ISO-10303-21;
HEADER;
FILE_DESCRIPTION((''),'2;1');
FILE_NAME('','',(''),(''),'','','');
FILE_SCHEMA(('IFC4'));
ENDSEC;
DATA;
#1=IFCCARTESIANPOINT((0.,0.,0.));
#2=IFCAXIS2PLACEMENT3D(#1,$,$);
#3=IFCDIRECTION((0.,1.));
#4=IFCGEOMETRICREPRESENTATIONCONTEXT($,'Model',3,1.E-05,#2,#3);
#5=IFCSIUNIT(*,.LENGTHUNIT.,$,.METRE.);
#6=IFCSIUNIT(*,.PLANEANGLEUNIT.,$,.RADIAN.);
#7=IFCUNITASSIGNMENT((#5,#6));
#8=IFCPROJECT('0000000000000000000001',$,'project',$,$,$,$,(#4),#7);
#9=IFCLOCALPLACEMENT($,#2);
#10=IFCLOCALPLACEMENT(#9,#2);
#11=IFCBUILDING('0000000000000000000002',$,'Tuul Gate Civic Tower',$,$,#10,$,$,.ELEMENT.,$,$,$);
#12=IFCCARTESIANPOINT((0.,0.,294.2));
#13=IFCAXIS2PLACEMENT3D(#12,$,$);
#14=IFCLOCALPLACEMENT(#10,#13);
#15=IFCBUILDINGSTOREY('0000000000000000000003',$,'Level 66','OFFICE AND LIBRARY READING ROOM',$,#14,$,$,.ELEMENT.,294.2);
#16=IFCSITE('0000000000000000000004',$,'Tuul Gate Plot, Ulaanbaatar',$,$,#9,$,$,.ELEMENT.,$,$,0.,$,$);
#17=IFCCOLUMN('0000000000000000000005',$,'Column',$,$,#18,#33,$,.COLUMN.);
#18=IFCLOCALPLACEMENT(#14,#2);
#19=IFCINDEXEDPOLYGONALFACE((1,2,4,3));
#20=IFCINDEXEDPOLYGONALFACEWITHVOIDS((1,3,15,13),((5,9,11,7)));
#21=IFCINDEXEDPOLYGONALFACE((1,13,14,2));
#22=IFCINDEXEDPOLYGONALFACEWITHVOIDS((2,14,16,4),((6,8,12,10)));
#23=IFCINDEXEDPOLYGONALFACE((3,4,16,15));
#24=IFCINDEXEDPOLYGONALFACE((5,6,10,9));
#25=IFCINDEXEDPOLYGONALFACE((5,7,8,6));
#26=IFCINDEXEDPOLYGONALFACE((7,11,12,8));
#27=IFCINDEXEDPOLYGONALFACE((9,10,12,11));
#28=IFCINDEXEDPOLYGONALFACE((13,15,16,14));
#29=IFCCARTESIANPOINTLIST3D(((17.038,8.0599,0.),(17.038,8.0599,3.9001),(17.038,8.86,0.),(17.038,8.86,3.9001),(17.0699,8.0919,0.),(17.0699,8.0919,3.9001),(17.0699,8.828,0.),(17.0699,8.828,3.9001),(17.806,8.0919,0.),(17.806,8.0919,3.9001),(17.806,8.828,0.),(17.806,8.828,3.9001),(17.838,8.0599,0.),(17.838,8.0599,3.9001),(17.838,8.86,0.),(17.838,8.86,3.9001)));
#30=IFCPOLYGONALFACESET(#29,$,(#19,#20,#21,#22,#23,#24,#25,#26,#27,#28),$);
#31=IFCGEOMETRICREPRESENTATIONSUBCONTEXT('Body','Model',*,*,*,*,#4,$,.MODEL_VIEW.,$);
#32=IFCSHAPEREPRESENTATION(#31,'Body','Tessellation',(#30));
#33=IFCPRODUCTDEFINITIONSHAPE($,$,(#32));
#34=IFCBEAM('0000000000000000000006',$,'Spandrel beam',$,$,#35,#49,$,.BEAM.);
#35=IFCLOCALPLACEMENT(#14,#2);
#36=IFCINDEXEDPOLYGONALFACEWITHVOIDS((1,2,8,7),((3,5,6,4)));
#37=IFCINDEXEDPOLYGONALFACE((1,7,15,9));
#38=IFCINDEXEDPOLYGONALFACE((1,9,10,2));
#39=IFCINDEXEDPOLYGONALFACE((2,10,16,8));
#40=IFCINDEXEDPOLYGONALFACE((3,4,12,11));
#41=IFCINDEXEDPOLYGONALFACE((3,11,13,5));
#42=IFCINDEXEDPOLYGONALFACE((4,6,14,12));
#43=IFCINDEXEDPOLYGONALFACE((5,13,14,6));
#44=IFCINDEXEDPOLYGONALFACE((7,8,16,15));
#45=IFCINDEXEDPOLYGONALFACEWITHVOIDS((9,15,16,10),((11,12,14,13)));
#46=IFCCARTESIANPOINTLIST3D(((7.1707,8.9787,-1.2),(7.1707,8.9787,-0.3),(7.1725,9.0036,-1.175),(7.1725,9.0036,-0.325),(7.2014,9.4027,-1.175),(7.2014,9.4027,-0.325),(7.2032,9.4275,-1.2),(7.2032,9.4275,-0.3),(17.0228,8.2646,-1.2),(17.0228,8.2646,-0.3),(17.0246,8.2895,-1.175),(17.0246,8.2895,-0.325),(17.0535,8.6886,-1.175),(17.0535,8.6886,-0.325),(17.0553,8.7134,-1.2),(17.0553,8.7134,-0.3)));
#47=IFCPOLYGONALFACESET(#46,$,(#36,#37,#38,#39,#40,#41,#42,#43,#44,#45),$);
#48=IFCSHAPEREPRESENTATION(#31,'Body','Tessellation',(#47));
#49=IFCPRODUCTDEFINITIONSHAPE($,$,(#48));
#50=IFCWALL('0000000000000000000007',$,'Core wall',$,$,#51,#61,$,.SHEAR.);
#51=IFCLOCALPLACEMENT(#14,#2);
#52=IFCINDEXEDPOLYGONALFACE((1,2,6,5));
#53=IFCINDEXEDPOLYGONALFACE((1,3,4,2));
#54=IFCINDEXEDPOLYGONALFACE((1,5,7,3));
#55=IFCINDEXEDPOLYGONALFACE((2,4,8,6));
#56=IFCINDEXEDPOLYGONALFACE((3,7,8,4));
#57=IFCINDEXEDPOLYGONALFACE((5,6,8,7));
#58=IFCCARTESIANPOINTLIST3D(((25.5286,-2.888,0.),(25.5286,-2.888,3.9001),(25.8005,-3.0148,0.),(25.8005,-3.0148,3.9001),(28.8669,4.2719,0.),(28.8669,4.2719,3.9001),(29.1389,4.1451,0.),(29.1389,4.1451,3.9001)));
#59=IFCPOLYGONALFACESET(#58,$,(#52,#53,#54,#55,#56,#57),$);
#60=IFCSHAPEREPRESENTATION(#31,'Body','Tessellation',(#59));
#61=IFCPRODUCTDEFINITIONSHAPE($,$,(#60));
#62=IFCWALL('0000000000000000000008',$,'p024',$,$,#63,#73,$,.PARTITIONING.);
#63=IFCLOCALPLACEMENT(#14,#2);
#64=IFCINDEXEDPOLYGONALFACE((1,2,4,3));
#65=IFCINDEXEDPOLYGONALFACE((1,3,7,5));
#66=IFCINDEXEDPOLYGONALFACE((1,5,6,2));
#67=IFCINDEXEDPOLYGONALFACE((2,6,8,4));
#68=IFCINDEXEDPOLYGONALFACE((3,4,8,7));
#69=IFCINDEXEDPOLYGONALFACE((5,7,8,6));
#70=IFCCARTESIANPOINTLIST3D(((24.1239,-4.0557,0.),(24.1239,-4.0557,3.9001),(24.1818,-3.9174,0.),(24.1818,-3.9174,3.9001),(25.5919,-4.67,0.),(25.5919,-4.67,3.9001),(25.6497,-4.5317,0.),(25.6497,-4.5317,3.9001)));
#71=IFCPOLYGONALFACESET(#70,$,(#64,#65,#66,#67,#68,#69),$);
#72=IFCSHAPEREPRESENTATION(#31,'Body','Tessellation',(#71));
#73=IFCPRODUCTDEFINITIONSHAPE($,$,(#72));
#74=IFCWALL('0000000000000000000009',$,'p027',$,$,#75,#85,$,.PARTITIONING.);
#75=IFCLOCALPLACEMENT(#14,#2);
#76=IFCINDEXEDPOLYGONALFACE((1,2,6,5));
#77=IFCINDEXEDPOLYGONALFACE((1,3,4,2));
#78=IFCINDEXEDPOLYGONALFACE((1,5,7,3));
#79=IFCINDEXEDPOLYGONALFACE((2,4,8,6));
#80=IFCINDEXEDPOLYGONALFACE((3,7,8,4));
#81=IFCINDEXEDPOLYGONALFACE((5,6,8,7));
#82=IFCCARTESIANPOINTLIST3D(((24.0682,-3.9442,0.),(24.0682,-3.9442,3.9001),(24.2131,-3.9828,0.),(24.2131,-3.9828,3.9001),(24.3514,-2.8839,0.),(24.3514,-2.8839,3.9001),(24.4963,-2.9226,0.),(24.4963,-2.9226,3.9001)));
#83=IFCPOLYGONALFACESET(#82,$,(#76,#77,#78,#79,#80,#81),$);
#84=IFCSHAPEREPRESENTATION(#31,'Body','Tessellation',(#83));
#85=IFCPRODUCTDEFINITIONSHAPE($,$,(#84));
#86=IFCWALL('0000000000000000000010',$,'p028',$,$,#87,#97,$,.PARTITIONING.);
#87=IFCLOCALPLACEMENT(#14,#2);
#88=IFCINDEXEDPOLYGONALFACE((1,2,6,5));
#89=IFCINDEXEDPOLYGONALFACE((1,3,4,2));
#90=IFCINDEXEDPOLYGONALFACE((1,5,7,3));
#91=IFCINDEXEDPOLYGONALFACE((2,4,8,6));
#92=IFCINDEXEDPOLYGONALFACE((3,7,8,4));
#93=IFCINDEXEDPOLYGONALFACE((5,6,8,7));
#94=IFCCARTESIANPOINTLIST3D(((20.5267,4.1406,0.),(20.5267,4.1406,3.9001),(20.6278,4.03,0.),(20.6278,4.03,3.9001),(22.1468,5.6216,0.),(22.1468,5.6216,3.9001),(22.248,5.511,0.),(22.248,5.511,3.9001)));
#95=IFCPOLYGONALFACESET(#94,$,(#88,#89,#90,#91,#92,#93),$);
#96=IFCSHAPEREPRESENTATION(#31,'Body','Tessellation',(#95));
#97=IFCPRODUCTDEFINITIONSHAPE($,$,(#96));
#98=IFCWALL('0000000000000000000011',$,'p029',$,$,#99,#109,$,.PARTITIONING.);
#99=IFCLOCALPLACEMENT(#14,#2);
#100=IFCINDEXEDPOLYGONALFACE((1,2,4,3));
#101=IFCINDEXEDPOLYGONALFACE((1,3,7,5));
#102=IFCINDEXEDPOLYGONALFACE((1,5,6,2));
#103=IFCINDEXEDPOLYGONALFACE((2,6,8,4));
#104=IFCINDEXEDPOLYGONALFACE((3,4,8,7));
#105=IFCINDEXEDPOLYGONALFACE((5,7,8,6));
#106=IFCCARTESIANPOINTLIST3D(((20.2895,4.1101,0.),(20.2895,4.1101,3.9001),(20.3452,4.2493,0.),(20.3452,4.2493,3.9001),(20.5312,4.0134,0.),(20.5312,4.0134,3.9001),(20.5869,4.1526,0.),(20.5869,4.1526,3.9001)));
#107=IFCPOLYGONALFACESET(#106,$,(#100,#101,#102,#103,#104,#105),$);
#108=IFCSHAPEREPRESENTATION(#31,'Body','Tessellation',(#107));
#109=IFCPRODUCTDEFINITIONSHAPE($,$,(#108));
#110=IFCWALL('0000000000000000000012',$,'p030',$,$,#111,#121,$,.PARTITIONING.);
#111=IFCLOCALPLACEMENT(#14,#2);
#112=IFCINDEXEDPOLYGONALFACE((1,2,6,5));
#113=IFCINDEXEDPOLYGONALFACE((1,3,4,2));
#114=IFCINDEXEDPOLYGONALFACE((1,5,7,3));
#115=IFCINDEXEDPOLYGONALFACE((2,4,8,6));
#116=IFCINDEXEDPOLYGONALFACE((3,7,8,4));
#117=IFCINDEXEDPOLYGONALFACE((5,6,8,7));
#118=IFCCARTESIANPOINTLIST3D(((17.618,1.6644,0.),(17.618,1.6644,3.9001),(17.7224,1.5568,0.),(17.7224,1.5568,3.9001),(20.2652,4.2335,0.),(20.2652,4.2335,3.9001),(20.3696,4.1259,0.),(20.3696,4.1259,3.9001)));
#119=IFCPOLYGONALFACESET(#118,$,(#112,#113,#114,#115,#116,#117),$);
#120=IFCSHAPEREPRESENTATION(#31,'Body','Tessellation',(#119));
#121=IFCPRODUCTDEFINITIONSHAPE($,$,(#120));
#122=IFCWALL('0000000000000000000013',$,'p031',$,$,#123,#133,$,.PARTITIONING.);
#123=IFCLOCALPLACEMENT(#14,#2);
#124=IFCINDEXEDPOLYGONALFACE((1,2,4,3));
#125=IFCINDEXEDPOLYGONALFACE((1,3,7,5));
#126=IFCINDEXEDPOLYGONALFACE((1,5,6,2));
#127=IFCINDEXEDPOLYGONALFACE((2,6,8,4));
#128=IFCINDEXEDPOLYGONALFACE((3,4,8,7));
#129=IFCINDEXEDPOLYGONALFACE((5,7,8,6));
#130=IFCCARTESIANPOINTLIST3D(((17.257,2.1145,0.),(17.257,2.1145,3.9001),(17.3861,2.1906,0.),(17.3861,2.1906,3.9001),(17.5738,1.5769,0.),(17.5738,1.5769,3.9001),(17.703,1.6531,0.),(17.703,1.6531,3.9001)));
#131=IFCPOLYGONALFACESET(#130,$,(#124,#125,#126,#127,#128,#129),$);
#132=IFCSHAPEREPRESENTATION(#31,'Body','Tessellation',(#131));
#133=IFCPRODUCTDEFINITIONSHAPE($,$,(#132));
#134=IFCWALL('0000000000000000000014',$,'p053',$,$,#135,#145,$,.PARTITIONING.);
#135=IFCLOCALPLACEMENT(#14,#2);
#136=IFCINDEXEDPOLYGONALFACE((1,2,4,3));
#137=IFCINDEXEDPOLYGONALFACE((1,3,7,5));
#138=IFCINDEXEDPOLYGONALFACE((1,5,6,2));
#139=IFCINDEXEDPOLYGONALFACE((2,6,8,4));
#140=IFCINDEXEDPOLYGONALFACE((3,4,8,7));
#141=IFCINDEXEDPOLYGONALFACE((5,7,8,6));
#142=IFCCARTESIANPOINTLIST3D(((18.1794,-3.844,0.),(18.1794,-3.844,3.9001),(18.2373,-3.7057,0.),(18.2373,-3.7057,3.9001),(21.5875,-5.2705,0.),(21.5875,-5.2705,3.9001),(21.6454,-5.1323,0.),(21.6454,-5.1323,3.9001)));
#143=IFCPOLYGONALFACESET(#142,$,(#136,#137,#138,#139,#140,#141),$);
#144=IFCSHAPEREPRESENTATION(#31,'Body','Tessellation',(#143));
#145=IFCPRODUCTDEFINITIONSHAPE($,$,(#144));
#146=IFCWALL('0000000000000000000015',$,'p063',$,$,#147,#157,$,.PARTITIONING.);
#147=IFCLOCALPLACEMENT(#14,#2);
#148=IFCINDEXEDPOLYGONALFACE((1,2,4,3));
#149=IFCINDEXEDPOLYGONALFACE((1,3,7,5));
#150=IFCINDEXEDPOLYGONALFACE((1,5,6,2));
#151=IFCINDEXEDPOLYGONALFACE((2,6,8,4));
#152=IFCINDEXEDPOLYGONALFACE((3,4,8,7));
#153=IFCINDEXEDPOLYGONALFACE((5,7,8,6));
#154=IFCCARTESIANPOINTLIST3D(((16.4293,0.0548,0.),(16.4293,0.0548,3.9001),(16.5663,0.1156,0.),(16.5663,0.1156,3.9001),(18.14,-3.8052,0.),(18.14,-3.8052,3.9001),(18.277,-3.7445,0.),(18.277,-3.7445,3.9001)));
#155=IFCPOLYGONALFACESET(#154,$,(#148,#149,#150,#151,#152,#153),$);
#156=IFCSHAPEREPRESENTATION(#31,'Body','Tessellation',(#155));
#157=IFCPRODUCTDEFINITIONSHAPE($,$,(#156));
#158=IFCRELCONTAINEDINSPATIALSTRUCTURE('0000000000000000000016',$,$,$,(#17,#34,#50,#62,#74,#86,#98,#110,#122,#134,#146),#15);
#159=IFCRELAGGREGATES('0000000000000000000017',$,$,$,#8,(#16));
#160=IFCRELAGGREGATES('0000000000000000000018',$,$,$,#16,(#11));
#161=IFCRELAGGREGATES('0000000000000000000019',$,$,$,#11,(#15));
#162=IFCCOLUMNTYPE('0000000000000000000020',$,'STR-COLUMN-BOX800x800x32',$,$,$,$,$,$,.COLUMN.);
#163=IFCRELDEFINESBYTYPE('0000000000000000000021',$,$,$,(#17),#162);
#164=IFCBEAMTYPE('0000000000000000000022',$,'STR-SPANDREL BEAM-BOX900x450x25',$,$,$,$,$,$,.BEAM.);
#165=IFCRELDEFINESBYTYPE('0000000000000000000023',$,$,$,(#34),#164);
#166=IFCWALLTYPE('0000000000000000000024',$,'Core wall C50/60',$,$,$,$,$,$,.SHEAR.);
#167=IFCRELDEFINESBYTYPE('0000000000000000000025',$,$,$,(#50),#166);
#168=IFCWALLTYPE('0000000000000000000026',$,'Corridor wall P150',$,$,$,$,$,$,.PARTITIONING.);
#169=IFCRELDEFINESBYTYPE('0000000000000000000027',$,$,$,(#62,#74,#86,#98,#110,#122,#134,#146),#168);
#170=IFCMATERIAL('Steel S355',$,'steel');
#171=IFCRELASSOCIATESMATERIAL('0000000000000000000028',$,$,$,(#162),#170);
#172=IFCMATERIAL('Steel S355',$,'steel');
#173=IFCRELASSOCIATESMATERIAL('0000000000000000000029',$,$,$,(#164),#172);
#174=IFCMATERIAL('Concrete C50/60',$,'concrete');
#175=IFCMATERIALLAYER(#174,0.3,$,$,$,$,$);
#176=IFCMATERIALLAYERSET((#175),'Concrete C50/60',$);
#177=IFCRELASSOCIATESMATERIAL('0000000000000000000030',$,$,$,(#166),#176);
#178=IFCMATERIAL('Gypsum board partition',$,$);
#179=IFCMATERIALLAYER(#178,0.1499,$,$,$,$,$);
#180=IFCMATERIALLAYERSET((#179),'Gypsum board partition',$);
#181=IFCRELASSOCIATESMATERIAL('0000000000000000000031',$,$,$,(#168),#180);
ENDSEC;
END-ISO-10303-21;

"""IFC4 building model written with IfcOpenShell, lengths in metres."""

from ifc_helpers import new_model, si_unit, direction, frame, frame_2d, origin, origin_2d, place, context, subcontext, project, spatial, rectangle, hollow_rectangle, extrude, material, layer, layer_set, material_profile, profile_set, type_object, element, save


model = new_model("IFC4")

# Units and contexts
model_context = context("Model", 3, precision=1e-05, world=origin(), true_north=direction((0.0, 1.0)))
body_context = subcontext(model_context, "Body", "Model", "MODEL_VIEW")
ifc_project = project(units=[si_unit("LENGTHUNIT", "METRE"), si_unit("PLANEANGLEUNIT", "RADIAN")], contexts=[model_context])

# Site, building, storey
site_placement = place(None, origin())
site = spatial("IfcSite", under=ifc_project, at=site_placement, Name="Tuul Gate Plot, Ulaanbaatar", CompositionType="ELEMENT", RefElevation=0.0)
building_placement = place(site_placement, origin())
building = spatial("IfcBuilding", under=site, at=building_placement, Name="Tuul Gate Civic Tower", CompositionType="ELEMENT")
storey_placement = place(building_placement, frame((0.0, 0.0, 294.2)))
storey = spatial("IfcBuildingStorey", under=building, at=storey_placement, Name="Level 66", Description="OFFICE AND LIBRARY READING ROOM", CompositionType="ELEMENT", Elevation=294.2)

# Column
ifc_material_1 = material(Name="Steel S355", Category="steel")
ifc_material_profile_1 = material_profile(ifc_material_1, hollow_rectangle(XDim=0.8, YDim=0.8, WallThickness=0.032, at=origin_2d()), Name="BOX800x800x32")
ifc_profile_set_1 = profile_set([ifc_material_profile_1], Name="Steel S355")
column_type = type_object("IfcColumnType", Name="STR-COLUMN-BOX800x800x32", PredefinedType="COLUMN", material=ifc_profile_set_1)
column_placement = place(storey_placement, frame((17.438, 8.46, 0.0), z_axis=(0.0, 0.0, 1.0), x_axis=(1.0, 0.0, 0.0)))
element("IfcColumn", 1, at=column_placement, inside=storey, type_object=column_type, Name="Column", PredefinedType="COLUMN", context=body_context, shape_type="SweptSolid", body=[
    extrude(hollow_rectangle(XDim=0.8, YDim=0.8, WallThickness=0.032, at=origin_2d()), origin(), (0.0, 0.0, 1.0), 3.9001),
])

# Beam
ifc_material_2 = material(Name="Steel S355", Category="steel")
ifc_material_profile_2 = material_profile(ifc_material_2, hollow_rectangle(XDim=0.45, YDim=0.8999, WallThickness=0.0249, at=origin_2d()), Name="BOX900x450x25")
ifc_profile_set_2 = profile_set([ifc_material_profile_2], Name="Steel S355")
beam_type = type_object("IfcBeamType", Name="STR-SPANDREL BEAM-BOX900x450x25", PredefinedType="BEAM", material=ifc_profile_set_2)
beam_placement = place(storey_placement, frame((17.0391, 8.489, -0.75), z_axis=(-0.997383, 0.072294, 0.0), x_axis=(-0.072294, -0.997383, 0.0)))
element("IfcBeam", 2, at=beam_placement, inside=storey, type_object=beam_type, Name="Spandrel beam", PredefinedType="BEAM", context=body_context, shape_type="SweptSolid", body=[
    extrude(hollow_rectangle(XDim=0.45, YDim=0.8999, WallThickness=0.0249, at=origin_2d()), origin(), (0.0, 0.0, 1.0), 9.8779),
])

# Walls
ifc_material_3 = material(Name="Concrete C50/60", Category="concrete")
ifc_layer_1 = layer(ifc_material_3, 0.3)
ifc_layer_set_1 = layer_set([ifc_layer_1], Name="Concrete C50/60")
wall_type_1 = type_object("IfcWallType", Name="Core wall C50/60", PredefinedType="SHEAR", material=ifc_layer_set_1)
wall_1_placement = place(storey_placement, frame((25.6646, -2.9514, 0.0), z_axis=(0.0, 0.0, 1.0), x_axis=(0.422583, 0.906324, 0.0)))
element("IfcWall", 3, at=wall_1_placement, inside=storey, type_object=wall_type_1, Name="Core wall", PredefinedType="SHEAR", context=body_context, shape_type="SweptSolid", body=[
    extrude(rectangle(XDim=7.8999, YDim=0.3, at=frame_2d((3.95, 0.0))), origin(), (0.0, 0.0, 1.0), 3.9001),
])
ifc_material_4 = material(Name="Gypsum board partition")
ifc_layer_2 = layer(ifc_material_4, 0.1499)
ifc_layer_set_2 = layer_set([ifc_layer_2], Name="Gypsum board partition")
wall_type_2 = type_object("IfcWallType", Name="Corridor wall P150", PredefinedType="PARTITIONING", material=ifc_layer_set_2)
wall_2_placement = place(storey_placement, frame((24.1528, -3.9866, 0.0), z_axis=(0.0, 0.0, 1.0), x_axis=(0.922499, -0.385998, 0.0)))
element("IfcWall", 4, at=wall_2_placement, inside=storey, type_object=wall_type_2, Name="p024", PredefinedType="PARTITIONING", context=body_context, shape_type="SweptSolid", body=[
    extrude(rectangle(XDim=1.5913, YDim=0.1499, at=frame_2d((0.7957, 0.0))), origin(), (0.0, 0.0, 1.0), 3.9001),
])
wall_3_placement = place(storey_placement, frame((24.1406, -3.9636, 0.0), z_axis=(0.0, 0.0, 1.0), x_axis=(0.25805, 0.966131, 0.0)))
element("IfcWall", 5, at=wall_3_placement, inside=storey, type_object=wall_type_2, Name="p027", PredefinedType="PARTITIONING", context=body_context, shape_type="SweptSolid", body=[
    extrude(rectangle(XDim=1.0974, YDim=0.1499, at=frame_2d((0.5488, 0.0))), origin(), (0.0, 0.0, 1.0), 3.9001),
])
wall_4_placement = place(storey_placement, frame((20.5771, 4.0852, 0.0), z_axis=(0.0, 0.0, 1.0), x_axis=(0.738095, 0.674696, 0.0)))
element("IfcWall", 6, at=wall_4_placement, inside=storey, type_object=wall_type_2, Name="p028", PredefinedType="PARTITIONING", context=body_context, shape_type="SweptSolid", body=[
    extrude(rectangle(XDim=2.1951, YDim=0.1499, at=frame_2d((1.0977, 0.0))), origin(), (0.0, 0.0, 1.0), 3.9001),
])
wall_5_placement = place(storey_placement, frame((20.3174, 4.1797, 0.0), z_axis=(0.0, 0.0, 1.0), x_axis=(0.928477, -0.371391, 0.0)))
element("IfcWall", 7, at=wall_5_placement, inside=storey, type_object=wall_type_2, Name="p029", PredefinedType="PARTITIONING", context=body_context, shape_type="SweptSolid", body=[
    extrude(rectangle(XDim=0.2603, YDim=0.1499, at=frame_2d((0.1301, 0.0))), origin(), (0.0, 0.0, 1.0), 3.9001),
])
wall_6_placement = place(storey_placement, frame((17.6702, 1.6106, 0.0), z_axis=(0.0, 0.0, 1.0), x_axis=(0.717617, 0.696438, 0.0)))
element("IfcWall", 8, at=wall_6_placement, inside=storey, type_object=wall_type_2, Name="p030", PredefinedType="PARTITIONING", context=body_context, shape_type="SweptSolid", body=[
    extrude(rectangle(XDim=3.689, YDim=0.1499, at=frame_2d((1.8445, 0.0))), origin(), (0.0, 0.0, 1.0), 3.9001),
])
wall_7_placement = place(storey_placement, frame((17.3215, 2.1526, 0.0), z_axis=(0.0, 0.0, 1.0), x_axis=(0.507806, -0.861471, 0.0)))
element("IfcWall", 9, at=wall_7_placement, inside=storey, type_object=wall_type_2, Name="p031", PredefinedType="PARTITIONING", context=body_context, shape_type="SweptSolid", body=[
    extrude(rectangle(XDim=0.624, YDim=0.1499, at=frame_2d((0.312, 0.0))), origin(), (0.0, 0.0, 1.0), 3.9001),
])
wall_8_placement = place(storey_placement, frame((18.2085, -3.7749, 0.0), z_axis=(0.0, 0.0, 1.0), x_axis=(0.922448, -0.386121, 0.0)))
element("IfcWall", 10, at=wall_8_placement, inside=storey, type_object=wall_type_2, Name="p053", PredefinedType="PARTITIONING", context=body_context, shape_type="SweptSolid", body=[
    extrude(rectangle(XDim=3.6946, YDim=0.1499, at=frame_2d((1.8472, 0.0))), origin(), (0.0, 0.0, 1.0), 3.9001),
])
wall_9_placement = place(storey_placement, frame((16.4978, 0.0852, 0.0), z_axis=(0.0, 0.0, 1.0), x_axis=(0.405167, -0.914243, 0.0)))
element("IfcWall", 11, at=wall_9_placement, inside=storey, type_object=wall_type_2, Name="p063", PredefinedType="PARTITIONING", context=body_context, shape_type="SweptSolid", body=[
    extrude(rectangle(XDim=4.2222, YDim=0.1499, at=frame_2d((2.1111, 0.0))), origin(), (0.0, 0.0, 1.0), 3.9001),
])

save(model, "model.ifc")
